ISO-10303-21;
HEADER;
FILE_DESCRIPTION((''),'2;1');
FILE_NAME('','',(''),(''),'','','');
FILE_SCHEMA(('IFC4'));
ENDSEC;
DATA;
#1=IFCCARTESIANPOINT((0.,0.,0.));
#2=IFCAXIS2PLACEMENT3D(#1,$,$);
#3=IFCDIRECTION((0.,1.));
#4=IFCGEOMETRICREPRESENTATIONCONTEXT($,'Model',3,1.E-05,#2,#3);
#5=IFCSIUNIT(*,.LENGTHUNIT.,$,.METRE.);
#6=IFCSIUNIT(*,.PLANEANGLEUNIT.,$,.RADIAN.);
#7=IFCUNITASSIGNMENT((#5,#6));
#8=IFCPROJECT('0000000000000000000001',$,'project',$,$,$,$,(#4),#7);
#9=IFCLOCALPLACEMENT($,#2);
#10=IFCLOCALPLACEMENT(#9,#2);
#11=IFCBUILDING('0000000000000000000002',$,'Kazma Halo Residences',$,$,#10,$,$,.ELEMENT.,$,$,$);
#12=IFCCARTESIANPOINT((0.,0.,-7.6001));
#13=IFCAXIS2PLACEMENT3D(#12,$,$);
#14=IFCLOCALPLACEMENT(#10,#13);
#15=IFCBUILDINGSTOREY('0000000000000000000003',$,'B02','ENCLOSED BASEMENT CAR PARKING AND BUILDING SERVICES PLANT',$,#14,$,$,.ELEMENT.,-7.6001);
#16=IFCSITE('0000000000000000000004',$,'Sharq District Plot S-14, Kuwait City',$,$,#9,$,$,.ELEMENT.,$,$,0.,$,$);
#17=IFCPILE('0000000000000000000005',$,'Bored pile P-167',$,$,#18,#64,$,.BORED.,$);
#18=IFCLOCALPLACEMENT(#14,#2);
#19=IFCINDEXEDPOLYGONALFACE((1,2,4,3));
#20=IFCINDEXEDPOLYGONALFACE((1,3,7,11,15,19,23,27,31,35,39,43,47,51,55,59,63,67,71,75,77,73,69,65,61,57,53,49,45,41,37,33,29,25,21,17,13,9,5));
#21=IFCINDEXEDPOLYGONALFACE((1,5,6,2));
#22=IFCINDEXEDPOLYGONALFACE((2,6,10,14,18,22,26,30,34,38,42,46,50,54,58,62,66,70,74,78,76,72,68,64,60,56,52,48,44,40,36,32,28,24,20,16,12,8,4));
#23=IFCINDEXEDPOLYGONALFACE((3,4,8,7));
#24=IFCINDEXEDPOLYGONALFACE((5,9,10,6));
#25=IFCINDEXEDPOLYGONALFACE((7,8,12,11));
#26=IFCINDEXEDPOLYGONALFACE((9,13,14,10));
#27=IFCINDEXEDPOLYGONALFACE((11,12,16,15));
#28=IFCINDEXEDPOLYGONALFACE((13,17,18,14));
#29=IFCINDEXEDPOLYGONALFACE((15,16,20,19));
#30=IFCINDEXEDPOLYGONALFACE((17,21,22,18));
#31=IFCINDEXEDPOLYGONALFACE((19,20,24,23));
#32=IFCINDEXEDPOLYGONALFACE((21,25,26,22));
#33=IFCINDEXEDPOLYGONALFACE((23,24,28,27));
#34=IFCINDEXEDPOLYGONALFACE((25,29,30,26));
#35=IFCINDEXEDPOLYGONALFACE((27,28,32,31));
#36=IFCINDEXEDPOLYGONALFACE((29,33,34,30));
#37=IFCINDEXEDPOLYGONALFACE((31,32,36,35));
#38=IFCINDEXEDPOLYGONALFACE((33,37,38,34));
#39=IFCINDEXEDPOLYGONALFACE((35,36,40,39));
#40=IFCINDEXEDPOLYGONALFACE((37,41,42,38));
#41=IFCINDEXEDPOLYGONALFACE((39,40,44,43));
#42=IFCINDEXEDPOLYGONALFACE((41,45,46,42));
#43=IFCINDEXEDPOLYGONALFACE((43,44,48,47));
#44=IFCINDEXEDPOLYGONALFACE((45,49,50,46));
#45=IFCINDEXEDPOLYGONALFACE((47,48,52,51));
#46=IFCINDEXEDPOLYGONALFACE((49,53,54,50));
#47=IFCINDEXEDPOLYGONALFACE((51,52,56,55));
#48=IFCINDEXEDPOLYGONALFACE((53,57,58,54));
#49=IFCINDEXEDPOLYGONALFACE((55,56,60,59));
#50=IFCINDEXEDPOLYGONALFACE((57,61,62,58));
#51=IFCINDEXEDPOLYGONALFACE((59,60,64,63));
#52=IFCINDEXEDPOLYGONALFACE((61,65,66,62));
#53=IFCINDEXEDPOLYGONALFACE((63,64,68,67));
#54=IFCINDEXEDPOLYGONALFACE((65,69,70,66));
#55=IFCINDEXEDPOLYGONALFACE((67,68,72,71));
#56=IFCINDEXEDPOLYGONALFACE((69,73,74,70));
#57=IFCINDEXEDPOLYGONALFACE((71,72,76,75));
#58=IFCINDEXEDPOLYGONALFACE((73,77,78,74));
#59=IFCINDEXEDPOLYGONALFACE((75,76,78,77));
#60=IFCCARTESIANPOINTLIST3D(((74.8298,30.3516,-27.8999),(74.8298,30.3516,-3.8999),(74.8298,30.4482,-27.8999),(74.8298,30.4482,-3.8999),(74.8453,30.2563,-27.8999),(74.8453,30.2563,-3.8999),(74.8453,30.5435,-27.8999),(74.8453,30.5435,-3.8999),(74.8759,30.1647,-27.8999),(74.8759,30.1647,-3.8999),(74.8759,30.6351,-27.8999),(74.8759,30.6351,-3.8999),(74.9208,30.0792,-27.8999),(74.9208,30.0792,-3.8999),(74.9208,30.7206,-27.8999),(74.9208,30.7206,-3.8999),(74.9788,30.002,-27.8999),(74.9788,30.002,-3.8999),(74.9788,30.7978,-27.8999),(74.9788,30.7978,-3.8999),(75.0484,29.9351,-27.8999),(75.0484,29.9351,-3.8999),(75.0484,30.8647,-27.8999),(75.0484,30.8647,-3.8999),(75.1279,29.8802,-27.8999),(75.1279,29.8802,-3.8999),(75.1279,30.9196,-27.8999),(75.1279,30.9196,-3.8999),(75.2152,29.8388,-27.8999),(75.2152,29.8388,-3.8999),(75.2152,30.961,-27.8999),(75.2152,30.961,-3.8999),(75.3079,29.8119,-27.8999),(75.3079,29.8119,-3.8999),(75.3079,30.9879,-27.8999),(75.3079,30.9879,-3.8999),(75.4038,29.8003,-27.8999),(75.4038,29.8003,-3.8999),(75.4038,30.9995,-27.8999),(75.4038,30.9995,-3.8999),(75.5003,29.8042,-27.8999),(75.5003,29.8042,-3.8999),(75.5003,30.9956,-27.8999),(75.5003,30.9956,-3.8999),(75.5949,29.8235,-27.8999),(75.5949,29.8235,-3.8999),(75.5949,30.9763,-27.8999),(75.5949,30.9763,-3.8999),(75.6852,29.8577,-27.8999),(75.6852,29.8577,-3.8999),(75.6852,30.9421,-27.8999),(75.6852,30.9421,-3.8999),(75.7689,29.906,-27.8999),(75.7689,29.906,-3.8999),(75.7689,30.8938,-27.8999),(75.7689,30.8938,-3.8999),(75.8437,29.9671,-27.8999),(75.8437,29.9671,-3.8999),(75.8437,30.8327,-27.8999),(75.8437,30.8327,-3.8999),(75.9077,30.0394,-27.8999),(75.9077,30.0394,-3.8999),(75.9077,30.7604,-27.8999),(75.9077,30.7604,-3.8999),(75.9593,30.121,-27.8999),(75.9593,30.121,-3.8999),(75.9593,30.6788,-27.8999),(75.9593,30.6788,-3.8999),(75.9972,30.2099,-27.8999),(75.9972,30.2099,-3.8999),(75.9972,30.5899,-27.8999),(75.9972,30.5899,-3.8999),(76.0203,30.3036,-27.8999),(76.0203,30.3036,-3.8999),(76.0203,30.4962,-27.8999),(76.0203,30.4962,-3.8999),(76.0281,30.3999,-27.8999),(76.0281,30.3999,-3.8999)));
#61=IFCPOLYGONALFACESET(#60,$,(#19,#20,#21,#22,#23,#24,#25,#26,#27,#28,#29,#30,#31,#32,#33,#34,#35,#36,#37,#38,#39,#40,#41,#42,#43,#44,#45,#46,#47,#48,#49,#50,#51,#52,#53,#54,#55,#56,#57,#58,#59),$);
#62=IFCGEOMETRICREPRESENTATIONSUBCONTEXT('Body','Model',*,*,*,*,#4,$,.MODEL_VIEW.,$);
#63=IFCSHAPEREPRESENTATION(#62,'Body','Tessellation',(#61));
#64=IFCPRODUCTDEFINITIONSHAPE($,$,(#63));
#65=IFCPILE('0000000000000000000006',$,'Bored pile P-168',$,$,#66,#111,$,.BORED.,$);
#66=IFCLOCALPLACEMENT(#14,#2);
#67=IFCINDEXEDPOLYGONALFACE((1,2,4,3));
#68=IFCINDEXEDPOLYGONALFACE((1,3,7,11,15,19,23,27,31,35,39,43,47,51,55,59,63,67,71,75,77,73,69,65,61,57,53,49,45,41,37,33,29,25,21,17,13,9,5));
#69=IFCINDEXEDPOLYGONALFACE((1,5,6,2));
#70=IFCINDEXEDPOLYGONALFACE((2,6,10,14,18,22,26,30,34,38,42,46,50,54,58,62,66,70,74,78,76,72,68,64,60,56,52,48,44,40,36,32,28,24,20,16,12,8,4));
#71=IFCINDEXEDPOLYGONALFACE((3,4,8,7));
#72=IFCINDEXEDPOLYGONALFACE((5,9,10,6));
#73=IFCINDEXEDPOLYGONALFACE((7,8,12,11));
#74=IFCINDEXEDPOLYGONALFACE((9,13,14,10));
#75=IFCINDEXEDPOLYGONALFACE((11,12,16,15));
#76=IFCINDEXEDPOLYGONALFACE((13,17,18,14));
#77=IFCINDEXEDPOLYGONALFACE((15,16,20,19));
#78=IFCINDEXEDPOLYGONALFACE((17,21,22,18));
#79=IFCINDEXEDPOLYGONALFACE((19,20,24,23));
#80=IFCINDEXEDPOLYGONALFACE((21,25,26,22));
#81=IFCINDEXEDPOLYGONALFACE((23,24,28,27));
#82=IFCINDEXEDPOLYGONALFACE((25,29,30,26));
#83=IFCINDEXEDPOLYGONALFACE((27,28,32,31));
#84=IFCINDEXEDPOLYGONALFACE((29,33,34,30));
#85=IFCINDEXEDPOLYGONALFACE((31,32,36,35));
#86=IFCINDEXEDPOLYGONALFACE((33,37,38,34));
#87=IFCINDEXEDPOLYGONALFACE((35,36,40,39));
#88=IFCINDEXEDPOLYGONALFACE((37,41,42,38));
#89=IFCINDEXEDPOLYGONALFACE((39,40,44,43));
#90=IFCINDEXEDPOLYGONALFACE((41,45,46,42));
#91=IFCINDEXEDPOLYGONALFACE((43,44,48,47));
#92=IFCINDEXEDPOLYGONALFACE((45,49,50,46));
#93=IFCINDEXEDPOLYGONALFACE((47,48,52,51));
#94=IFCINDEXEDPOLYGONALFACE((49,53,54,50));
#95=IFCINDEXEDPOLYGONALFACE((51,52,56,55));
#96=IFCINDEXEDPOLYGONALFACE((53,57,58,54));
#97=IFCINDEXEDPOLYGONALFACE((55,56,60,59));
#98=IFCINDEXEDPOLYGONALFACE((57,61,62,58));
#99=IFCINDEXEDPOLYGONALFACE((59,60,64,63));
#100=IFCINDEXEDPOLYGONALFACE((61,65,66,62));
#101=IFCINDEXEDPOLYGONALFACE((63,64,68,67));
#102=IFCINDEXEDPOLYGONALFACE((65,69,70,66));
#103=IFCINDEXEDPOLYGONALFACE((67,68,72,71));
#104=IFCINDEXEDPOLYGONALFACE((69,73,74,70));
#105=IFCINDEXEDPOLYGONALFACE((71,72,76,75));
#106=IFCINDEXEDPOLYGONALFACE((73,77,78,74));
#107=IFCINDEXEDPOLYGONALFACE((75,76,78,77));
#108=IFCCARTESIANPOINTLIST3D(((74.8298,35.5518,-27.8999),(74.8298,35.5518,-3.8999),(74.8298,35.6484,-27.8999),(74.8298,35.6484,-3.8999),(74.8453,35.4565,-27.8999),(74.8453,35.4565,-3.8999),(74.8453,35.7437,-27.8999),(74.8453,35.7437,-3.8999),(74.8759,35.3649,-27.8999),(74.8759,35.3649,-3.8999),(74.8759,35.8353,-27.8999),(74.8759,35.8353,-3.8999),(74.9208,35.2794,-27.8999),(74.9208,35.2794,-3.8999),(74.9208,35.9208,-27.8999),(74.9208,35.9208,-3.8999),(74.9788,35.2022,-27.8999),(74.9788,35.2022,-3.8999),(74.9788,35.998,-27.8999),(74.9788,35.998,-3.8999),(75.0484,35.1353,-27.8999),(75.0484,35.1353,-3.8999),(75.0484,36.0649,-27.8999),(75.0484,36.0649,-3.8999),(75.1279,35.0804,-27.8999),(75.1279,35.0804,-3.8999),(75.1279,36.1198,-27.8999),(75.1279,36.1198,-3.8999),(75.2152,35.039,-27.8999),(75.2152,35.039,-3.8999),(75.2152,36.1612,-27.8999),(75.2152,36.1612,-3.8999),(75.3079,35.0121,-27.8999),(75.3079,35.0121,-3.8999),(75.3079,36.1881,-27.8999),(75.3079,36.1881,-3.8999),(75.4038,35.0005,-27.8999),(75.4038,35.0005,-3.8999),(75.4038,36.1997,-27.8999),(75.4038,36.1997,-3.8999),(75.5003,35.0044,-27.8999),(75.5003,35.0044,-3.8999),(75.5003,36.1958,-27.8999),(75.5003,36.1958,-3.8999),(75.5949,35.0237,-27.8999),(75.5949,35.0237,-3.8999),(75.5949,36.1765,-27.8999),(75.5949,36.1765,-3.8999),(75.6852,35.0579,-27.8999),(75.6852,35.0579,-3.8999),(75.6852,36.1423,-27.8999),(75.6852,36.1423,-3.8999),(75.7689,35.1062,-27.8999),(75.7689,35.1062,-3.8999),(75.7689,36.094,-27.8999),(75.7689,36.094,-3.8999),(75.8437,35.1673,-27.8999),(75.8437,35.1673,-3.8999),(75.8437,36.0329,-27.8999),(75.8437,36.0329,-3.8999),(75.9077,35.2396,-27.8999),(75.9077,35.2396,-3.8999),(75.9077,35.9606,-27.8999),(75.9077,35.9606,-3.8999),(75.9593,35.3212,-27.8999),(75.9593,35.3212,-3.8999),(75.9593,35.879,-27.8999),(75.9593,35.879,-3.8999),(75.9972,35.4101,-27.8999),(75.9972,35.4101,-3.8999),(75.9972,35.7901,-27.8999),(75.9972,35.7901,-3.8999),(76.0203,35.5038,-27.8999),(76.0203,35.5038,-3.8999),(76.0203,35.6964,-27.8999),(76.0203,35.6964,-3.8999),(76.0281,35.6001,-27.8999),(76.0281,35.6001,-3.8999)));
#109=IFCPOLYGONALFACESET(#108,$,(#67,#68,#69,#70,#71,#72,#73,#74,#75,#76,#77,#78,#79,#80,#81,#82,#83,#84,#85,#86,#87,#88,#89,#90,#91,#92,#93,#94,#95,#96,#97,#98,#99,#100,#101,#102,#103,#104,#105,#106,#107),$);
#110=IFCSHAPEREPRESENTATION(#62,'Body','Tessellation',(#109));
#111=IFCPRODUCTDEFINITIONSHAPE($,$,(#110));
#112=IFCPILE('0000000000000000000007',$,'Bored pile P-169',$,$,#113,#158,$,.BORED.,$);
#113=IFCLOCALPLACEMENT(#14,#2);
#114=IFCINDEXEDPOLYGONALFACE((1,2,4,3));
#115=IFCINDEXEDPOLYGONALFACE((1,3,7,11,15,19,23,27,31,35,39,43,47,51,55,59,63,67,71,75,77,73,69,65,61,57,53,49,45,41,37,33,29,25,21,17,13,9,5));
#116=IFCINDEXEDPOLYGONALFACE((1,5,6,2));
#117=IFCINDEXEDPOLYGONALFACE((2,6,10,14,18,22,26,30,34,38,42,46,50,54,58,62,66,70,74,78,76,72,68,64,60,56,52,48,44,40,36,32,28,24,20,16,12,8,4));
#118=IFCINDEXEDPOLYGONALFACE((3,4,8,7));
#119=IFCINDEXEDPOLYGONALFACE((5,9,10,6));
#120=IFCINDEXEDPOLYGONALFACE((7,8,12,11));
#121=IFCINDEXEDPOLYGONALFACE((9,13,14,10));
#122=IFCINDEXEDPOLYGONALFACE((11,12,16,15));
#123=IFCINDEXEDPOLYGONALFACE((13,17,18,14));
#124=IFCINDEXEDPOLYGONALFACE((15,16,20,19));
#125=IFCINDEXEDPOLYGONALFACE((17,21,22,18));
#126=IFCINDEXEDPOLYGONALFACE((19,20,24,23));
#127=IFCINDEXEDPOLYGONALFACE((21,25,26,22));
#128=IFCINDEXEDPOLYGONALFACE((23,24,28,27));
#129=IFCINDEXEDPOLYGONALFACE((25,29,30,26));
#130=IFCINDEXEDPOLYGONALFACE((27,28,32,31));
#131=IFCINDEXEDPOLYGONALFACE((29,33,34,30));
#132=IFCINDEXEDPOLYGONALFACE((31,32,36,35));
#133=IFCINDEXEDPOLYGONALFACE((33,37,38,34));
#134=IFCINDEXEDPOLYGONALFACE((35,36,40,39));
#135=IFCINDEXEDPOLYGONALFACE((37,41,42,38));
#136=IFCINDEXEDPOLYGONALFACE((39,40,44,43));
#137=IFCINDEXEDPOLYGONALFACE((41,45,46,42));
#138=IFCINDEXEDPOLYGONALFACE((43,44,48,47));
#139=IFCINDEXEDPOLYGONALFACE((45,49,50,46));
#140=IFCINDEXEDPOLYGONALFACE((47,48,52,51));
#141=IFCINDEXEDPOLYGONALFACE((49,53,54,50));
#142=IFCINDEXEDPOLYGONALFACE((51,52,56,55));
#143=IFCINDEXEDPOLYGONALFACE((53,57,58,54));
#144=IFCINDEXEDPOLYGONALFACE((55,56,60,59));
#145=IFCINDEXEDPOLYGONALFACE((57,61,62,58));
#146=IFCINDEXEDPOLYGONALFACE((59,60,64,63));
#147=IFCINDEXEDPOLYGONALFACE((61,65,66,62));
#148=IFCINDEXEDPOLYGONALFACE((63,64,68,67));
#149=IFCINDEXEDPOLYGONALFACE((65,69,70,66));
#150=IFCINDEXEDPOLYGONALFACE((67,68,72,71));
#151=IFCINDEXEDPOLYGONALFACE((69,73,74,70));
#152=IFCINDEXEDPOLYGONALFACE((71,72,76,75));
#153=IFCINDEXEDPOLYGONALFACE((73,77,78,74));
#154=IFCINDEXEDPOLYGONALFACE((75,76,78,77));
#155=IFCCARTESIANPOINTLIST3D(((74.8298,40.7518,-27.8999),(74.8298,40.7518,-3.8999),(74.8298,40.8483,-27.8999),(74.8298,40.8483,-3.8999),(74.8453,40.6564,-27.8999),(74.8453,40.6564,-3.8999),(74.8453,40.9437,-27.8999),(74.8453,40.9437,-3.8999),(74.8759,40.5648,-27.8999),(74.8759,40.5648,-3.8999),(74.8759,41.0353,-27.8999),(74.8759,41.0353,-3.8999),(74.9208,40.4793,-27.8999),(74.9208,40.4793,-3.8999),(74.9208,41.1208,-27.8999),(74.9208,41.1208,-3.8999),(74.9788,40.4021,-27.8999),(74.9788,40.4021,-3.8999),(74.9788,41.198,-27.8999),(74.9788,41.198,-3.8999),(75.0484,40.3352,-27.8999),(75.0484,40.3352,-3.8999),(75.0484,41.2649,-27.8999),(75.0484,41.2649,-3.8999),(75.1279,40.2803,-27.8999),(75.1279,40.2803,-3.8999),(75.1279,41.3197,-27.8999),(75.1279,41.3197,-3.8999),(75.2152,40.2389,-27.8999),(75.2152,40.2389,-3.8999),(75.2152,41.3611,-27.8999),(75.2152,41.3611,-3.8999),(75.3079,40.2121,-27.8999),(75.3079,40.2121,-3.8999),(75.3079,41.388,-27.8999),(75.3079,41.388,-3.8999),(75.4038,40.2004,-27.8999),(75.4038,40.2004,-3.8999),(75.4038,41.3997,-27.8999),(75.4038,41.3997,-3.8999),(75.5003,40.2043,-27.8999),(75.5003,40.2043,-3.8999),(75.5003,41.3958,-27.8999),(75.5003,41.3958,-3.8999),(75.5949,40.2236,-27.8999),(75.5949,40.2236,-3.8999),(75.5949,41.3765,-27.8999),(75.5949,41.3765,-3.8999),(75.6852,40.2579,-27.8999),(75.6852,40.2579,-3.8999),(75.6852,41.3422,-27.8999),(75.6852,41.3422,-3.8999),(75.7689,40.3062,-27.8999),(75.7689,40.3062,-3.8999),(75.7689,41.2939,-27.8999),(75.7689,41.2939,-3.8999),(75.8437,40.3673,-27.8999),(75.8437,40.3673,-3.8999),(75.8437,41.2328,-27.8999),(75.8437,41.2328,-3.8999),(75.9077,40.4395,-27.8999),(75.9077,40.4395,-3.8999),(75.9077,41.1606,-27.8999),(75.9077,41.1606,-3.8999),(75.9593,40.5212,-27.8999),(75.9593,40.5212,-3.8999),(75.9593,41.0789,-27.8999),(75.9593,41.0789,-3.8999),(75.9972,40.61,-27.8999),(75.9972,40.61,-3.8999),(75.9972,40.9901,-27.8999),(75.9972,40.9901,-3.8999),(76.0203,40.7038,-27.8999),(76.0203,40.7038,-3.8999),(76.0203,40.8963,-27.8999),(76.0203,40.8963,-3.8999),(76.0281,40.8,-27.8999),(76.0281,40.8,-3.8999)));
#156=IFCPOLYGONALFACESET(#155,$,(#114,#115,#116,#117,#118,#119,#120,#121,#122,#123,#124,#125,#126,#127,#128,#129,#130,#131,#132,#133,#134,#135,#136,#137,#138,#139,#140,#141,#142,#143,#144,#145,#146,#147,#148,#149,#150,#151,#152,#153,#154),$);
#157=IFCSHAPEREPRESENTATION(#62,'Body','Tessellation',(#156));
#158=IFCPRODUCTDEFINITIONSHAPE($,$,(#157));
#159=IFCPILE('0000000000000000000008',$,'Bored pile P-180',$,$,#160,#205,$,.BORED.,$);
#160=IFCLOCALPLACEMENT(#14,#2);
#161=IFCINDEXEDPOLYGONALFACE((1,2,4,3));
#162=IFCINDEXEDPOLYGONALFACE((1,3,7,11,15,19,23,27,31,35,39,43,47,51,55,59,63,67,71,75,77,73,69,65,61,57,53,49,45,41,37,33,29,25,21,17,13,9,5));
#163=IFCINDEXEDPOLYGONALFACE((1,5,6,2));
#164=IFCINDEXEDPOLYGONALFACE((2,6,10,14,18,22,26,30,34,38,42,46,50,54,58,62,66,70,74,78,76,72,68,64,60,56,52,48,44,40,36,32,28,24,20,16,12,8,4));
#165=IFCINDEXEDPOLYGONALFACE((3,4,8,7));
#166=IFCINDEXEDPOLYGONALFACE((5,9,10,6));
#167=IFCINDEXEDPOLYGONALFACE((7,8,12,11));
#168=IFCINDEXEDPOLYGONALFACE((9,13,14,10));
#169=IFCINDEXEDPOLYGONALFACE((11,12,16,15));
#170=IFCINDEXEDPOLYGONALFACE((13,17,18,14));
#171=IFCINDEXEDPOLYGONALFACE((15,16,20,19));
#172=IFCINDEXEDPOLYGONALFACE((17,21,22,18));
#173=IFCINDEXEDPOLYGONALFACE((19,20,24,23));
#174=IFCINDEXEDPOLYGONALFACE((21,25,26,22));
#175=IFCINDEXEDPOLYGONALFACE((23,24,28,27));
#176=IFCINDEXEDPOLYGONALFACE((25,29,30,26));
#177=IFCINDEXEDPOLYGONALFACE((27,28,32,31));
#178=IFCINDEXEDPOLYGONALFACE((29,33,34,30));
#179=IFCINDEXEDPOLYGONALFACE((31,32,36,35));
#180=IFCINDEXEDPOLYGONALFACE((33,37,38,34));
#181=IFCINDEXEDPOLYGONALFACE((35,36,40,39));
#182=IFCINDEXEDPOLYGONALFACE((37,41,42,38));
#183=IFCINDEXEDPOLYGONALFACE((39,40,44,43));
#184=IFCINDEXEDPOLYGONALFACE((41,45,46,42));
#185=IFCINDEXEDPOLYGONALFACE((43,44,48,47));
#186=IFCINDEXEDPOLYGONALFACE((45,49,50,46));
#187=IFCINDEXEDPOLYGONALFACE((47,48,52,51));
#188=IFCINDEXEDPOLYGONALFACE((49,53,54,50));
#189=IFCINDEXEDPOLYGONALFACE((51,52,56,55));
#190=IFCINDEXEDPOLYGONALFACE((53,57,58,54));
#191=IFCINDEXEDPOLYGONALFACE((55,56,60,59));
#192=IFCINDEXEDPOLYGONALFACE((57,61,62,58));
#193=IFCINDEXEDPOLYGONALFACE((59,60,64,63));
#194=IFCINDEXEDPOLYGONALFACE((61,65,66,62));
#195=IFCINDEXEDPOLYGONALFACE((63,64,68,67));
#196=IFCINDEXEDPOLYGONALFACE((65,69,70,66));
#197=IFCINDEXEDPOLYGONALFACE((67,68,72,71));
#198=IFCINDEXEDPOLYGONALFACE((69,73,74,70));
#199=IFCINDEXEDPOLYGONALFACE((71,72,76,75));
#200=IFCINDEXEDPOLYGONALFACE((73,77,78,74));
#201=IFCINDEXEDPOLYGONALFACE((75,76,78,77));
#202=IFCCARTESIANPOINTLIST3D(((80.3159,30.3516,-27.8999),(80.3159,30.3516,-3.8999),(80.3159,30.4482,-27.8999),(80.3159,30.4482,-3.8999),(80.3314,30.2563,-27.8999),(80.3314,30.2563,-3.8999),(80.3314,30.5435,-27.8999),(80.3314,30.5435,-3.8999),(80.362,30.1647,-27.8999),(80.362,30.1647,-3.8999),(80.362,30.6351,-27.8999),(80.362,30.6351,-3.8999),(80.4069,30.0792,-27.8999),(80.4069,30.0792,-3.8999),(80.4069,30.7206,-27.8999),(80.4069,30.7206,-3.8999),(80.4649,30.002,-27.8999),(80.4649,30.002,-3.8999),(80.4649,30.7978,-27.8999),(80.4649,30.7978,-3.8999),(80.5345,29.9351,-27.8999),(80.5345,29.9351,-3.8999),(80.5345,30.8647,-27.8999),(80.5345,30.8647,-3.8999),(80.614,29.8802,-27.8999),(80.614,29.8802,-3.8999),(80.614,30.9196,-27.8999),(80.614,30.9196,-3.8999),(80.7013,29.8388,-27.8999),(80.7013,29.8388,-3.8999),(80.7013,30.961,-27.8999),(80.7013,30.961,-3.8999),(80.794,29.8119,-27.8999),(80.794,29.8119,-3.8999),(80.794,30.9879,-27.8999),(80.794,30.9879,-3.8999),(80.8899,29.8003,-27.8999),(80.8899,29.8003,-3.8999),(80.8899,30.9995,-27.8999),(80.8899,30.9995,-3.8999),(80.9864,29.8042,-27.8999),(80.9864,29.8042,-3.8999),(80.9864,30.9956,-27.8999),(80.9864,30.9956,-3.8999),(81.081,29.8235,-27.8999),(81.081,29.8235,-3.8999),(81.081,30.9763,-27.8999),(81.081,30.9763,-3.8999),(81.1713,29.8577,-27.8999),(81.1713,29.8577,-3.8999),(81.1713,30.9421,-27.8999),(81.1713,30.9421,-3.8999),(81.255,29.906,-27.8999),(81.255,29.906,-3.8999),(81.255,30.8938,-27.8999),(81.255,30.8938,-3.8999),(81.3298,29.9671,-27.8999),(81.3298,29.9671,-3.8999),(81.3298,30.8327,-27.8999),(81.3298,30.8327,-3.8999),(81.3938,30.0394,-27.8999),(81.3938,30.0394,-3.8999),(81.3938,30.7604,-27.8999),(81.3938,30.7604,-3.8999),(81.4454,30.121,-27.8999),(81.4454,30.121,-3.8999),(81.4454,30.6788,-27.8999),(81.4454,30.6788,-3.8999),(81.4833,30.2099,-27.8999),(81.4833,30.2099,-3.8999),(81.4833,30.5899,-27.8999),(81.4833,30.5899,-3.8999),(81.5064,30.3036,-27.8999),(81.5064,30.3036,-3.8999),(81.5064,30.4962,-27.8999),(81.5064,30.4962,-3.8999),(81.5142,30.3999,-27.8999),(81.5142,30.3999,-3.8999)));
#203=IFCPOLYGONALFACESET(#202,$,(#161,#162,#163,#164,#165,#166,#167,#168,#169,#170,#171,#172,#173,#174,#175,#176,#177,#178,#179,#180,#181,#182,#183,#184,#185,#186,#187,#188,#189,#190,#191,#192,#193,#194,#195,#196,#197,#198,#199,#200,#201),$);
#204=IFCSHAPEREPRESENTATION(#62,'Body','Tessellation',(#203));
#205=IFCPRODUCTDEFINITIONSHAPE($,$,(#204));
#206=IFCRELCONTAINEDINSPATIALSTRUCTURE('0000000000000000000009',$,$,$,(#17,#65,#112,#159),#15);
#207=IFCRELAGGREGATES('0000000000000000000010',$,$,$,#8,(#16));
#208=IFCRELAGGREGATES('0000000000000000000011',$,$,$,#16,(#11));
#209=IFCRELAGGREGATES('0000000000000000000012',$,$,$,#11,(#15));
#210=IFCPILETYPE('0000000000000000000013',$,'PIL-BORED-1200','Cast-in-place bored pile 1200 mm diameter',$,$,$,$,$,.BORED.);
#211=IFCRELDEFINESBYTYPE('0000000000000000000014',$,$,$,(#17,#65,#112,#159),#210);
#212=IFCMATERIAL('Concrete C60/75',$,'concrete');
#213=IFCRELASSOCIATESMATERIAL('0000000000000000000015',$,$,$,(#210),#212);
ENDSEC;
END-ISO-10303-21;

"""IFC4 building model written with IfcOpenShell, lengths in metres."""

from ifc_helpers import new_model, si_unit, direction, frame, origin, origin_2d, place, context, subcontext, project, spatial, circle, extrude, material, material_profile, profile_set, type_object, element, save


model = new_model("IFC4")

# Units and contexts
model_context = context("Model", 3, precision=1e-05, world=origin(), true_north=direction((0.0, 1.0)))
body_context = subcontext(model_context, "Body", "Model", "MODEL_VIEW")
ifc_project = project(units=[si_unit("LENGTHUNIT", "METRE"), si_unit("PLANEANGLEUNIT", "RADIAN")], contexts=[model_context])

# Site, building, storey
site_placement = place(None, origin())
site = spatial("IfcSite", under=ifc_project, at=site_placement, Name="Sharq District Plot S-14, Kuwait City", CompositionType="ELEMENT", RefElevation=0.0)
building_placement = place(site_placement, origin())
building = spatial("IfcBuilding", under=site, at=building_placement, Name="Kazma Halo Residences", CompositionType="ELEMENT")
storey_placement = place(building_placement, frame((0.0, 0.0, -7.6001)))
storey = spatial("IfcBuildingStorey", under=building, at=storey_placement, Name="B02", Description="ENCLOSED BASEMENT CAR PARKING AND BUILDING SERVICES PLANT", CompositionType="ELEMENT", Elevation=-7.6001)

# Piles
ifc_material_1 = material(Name="Concrete C60/75", Category="concrete")
ifc_material_profile_1 = material_profile(ifc_material_1, circle(Radius=0.6001, at=origin_2d()), Name="CIRC1200")
ifc_profile_set_1 = profile_set([ifc_material_profile_1], Name="Concrete C60/75")
pile_type = type_object("IfcPileType", Name="PIL-BORED-1200", Description="Cast-in-place bored pile 1200 mm diameter", PredefinedType="BORED", material=ifc_profile_set_1)
for number, where, z_axis, x_axis, name in (
    (1, (75.428, 30.3999, -3.8999), (0.0, 0.0, -1.0), (1.0, 0.0, 0.0), "Bored pile P-167"),
    (2, (75.428, 35.6001, -3.8999), (0.0, 0.0, -1.0), (1.0, 0.0, 0.0), "Bored pile P-168"),
    (3, (75.428, 40.8, -3.8999), (0.0, 0.0, -1.0), (1.0, 0.0, 0.0), "Bored pile P-169"),
    (4, (80.9141, 30.3999, -3.8999), (0.0, 0.0, -1.0), (1.0, 0.0, 0.0), "Bored pile P-180"),
):
    element("IfcPile", number, at=place(storey_placement, frame(where, z_axis=z_axis, x_axis=x_axis)), inside=storey, type_object=pile_type, Name=name, PredefinedType="BORED", context=body_context, shape_type="SweptSolid", body=[
        extrude(circle(Radius=0.6001, at=origin_2d()), origin(), (0.0, 0.0, 1.0), 24.0),
    ])

save(model, "model.ifc")
